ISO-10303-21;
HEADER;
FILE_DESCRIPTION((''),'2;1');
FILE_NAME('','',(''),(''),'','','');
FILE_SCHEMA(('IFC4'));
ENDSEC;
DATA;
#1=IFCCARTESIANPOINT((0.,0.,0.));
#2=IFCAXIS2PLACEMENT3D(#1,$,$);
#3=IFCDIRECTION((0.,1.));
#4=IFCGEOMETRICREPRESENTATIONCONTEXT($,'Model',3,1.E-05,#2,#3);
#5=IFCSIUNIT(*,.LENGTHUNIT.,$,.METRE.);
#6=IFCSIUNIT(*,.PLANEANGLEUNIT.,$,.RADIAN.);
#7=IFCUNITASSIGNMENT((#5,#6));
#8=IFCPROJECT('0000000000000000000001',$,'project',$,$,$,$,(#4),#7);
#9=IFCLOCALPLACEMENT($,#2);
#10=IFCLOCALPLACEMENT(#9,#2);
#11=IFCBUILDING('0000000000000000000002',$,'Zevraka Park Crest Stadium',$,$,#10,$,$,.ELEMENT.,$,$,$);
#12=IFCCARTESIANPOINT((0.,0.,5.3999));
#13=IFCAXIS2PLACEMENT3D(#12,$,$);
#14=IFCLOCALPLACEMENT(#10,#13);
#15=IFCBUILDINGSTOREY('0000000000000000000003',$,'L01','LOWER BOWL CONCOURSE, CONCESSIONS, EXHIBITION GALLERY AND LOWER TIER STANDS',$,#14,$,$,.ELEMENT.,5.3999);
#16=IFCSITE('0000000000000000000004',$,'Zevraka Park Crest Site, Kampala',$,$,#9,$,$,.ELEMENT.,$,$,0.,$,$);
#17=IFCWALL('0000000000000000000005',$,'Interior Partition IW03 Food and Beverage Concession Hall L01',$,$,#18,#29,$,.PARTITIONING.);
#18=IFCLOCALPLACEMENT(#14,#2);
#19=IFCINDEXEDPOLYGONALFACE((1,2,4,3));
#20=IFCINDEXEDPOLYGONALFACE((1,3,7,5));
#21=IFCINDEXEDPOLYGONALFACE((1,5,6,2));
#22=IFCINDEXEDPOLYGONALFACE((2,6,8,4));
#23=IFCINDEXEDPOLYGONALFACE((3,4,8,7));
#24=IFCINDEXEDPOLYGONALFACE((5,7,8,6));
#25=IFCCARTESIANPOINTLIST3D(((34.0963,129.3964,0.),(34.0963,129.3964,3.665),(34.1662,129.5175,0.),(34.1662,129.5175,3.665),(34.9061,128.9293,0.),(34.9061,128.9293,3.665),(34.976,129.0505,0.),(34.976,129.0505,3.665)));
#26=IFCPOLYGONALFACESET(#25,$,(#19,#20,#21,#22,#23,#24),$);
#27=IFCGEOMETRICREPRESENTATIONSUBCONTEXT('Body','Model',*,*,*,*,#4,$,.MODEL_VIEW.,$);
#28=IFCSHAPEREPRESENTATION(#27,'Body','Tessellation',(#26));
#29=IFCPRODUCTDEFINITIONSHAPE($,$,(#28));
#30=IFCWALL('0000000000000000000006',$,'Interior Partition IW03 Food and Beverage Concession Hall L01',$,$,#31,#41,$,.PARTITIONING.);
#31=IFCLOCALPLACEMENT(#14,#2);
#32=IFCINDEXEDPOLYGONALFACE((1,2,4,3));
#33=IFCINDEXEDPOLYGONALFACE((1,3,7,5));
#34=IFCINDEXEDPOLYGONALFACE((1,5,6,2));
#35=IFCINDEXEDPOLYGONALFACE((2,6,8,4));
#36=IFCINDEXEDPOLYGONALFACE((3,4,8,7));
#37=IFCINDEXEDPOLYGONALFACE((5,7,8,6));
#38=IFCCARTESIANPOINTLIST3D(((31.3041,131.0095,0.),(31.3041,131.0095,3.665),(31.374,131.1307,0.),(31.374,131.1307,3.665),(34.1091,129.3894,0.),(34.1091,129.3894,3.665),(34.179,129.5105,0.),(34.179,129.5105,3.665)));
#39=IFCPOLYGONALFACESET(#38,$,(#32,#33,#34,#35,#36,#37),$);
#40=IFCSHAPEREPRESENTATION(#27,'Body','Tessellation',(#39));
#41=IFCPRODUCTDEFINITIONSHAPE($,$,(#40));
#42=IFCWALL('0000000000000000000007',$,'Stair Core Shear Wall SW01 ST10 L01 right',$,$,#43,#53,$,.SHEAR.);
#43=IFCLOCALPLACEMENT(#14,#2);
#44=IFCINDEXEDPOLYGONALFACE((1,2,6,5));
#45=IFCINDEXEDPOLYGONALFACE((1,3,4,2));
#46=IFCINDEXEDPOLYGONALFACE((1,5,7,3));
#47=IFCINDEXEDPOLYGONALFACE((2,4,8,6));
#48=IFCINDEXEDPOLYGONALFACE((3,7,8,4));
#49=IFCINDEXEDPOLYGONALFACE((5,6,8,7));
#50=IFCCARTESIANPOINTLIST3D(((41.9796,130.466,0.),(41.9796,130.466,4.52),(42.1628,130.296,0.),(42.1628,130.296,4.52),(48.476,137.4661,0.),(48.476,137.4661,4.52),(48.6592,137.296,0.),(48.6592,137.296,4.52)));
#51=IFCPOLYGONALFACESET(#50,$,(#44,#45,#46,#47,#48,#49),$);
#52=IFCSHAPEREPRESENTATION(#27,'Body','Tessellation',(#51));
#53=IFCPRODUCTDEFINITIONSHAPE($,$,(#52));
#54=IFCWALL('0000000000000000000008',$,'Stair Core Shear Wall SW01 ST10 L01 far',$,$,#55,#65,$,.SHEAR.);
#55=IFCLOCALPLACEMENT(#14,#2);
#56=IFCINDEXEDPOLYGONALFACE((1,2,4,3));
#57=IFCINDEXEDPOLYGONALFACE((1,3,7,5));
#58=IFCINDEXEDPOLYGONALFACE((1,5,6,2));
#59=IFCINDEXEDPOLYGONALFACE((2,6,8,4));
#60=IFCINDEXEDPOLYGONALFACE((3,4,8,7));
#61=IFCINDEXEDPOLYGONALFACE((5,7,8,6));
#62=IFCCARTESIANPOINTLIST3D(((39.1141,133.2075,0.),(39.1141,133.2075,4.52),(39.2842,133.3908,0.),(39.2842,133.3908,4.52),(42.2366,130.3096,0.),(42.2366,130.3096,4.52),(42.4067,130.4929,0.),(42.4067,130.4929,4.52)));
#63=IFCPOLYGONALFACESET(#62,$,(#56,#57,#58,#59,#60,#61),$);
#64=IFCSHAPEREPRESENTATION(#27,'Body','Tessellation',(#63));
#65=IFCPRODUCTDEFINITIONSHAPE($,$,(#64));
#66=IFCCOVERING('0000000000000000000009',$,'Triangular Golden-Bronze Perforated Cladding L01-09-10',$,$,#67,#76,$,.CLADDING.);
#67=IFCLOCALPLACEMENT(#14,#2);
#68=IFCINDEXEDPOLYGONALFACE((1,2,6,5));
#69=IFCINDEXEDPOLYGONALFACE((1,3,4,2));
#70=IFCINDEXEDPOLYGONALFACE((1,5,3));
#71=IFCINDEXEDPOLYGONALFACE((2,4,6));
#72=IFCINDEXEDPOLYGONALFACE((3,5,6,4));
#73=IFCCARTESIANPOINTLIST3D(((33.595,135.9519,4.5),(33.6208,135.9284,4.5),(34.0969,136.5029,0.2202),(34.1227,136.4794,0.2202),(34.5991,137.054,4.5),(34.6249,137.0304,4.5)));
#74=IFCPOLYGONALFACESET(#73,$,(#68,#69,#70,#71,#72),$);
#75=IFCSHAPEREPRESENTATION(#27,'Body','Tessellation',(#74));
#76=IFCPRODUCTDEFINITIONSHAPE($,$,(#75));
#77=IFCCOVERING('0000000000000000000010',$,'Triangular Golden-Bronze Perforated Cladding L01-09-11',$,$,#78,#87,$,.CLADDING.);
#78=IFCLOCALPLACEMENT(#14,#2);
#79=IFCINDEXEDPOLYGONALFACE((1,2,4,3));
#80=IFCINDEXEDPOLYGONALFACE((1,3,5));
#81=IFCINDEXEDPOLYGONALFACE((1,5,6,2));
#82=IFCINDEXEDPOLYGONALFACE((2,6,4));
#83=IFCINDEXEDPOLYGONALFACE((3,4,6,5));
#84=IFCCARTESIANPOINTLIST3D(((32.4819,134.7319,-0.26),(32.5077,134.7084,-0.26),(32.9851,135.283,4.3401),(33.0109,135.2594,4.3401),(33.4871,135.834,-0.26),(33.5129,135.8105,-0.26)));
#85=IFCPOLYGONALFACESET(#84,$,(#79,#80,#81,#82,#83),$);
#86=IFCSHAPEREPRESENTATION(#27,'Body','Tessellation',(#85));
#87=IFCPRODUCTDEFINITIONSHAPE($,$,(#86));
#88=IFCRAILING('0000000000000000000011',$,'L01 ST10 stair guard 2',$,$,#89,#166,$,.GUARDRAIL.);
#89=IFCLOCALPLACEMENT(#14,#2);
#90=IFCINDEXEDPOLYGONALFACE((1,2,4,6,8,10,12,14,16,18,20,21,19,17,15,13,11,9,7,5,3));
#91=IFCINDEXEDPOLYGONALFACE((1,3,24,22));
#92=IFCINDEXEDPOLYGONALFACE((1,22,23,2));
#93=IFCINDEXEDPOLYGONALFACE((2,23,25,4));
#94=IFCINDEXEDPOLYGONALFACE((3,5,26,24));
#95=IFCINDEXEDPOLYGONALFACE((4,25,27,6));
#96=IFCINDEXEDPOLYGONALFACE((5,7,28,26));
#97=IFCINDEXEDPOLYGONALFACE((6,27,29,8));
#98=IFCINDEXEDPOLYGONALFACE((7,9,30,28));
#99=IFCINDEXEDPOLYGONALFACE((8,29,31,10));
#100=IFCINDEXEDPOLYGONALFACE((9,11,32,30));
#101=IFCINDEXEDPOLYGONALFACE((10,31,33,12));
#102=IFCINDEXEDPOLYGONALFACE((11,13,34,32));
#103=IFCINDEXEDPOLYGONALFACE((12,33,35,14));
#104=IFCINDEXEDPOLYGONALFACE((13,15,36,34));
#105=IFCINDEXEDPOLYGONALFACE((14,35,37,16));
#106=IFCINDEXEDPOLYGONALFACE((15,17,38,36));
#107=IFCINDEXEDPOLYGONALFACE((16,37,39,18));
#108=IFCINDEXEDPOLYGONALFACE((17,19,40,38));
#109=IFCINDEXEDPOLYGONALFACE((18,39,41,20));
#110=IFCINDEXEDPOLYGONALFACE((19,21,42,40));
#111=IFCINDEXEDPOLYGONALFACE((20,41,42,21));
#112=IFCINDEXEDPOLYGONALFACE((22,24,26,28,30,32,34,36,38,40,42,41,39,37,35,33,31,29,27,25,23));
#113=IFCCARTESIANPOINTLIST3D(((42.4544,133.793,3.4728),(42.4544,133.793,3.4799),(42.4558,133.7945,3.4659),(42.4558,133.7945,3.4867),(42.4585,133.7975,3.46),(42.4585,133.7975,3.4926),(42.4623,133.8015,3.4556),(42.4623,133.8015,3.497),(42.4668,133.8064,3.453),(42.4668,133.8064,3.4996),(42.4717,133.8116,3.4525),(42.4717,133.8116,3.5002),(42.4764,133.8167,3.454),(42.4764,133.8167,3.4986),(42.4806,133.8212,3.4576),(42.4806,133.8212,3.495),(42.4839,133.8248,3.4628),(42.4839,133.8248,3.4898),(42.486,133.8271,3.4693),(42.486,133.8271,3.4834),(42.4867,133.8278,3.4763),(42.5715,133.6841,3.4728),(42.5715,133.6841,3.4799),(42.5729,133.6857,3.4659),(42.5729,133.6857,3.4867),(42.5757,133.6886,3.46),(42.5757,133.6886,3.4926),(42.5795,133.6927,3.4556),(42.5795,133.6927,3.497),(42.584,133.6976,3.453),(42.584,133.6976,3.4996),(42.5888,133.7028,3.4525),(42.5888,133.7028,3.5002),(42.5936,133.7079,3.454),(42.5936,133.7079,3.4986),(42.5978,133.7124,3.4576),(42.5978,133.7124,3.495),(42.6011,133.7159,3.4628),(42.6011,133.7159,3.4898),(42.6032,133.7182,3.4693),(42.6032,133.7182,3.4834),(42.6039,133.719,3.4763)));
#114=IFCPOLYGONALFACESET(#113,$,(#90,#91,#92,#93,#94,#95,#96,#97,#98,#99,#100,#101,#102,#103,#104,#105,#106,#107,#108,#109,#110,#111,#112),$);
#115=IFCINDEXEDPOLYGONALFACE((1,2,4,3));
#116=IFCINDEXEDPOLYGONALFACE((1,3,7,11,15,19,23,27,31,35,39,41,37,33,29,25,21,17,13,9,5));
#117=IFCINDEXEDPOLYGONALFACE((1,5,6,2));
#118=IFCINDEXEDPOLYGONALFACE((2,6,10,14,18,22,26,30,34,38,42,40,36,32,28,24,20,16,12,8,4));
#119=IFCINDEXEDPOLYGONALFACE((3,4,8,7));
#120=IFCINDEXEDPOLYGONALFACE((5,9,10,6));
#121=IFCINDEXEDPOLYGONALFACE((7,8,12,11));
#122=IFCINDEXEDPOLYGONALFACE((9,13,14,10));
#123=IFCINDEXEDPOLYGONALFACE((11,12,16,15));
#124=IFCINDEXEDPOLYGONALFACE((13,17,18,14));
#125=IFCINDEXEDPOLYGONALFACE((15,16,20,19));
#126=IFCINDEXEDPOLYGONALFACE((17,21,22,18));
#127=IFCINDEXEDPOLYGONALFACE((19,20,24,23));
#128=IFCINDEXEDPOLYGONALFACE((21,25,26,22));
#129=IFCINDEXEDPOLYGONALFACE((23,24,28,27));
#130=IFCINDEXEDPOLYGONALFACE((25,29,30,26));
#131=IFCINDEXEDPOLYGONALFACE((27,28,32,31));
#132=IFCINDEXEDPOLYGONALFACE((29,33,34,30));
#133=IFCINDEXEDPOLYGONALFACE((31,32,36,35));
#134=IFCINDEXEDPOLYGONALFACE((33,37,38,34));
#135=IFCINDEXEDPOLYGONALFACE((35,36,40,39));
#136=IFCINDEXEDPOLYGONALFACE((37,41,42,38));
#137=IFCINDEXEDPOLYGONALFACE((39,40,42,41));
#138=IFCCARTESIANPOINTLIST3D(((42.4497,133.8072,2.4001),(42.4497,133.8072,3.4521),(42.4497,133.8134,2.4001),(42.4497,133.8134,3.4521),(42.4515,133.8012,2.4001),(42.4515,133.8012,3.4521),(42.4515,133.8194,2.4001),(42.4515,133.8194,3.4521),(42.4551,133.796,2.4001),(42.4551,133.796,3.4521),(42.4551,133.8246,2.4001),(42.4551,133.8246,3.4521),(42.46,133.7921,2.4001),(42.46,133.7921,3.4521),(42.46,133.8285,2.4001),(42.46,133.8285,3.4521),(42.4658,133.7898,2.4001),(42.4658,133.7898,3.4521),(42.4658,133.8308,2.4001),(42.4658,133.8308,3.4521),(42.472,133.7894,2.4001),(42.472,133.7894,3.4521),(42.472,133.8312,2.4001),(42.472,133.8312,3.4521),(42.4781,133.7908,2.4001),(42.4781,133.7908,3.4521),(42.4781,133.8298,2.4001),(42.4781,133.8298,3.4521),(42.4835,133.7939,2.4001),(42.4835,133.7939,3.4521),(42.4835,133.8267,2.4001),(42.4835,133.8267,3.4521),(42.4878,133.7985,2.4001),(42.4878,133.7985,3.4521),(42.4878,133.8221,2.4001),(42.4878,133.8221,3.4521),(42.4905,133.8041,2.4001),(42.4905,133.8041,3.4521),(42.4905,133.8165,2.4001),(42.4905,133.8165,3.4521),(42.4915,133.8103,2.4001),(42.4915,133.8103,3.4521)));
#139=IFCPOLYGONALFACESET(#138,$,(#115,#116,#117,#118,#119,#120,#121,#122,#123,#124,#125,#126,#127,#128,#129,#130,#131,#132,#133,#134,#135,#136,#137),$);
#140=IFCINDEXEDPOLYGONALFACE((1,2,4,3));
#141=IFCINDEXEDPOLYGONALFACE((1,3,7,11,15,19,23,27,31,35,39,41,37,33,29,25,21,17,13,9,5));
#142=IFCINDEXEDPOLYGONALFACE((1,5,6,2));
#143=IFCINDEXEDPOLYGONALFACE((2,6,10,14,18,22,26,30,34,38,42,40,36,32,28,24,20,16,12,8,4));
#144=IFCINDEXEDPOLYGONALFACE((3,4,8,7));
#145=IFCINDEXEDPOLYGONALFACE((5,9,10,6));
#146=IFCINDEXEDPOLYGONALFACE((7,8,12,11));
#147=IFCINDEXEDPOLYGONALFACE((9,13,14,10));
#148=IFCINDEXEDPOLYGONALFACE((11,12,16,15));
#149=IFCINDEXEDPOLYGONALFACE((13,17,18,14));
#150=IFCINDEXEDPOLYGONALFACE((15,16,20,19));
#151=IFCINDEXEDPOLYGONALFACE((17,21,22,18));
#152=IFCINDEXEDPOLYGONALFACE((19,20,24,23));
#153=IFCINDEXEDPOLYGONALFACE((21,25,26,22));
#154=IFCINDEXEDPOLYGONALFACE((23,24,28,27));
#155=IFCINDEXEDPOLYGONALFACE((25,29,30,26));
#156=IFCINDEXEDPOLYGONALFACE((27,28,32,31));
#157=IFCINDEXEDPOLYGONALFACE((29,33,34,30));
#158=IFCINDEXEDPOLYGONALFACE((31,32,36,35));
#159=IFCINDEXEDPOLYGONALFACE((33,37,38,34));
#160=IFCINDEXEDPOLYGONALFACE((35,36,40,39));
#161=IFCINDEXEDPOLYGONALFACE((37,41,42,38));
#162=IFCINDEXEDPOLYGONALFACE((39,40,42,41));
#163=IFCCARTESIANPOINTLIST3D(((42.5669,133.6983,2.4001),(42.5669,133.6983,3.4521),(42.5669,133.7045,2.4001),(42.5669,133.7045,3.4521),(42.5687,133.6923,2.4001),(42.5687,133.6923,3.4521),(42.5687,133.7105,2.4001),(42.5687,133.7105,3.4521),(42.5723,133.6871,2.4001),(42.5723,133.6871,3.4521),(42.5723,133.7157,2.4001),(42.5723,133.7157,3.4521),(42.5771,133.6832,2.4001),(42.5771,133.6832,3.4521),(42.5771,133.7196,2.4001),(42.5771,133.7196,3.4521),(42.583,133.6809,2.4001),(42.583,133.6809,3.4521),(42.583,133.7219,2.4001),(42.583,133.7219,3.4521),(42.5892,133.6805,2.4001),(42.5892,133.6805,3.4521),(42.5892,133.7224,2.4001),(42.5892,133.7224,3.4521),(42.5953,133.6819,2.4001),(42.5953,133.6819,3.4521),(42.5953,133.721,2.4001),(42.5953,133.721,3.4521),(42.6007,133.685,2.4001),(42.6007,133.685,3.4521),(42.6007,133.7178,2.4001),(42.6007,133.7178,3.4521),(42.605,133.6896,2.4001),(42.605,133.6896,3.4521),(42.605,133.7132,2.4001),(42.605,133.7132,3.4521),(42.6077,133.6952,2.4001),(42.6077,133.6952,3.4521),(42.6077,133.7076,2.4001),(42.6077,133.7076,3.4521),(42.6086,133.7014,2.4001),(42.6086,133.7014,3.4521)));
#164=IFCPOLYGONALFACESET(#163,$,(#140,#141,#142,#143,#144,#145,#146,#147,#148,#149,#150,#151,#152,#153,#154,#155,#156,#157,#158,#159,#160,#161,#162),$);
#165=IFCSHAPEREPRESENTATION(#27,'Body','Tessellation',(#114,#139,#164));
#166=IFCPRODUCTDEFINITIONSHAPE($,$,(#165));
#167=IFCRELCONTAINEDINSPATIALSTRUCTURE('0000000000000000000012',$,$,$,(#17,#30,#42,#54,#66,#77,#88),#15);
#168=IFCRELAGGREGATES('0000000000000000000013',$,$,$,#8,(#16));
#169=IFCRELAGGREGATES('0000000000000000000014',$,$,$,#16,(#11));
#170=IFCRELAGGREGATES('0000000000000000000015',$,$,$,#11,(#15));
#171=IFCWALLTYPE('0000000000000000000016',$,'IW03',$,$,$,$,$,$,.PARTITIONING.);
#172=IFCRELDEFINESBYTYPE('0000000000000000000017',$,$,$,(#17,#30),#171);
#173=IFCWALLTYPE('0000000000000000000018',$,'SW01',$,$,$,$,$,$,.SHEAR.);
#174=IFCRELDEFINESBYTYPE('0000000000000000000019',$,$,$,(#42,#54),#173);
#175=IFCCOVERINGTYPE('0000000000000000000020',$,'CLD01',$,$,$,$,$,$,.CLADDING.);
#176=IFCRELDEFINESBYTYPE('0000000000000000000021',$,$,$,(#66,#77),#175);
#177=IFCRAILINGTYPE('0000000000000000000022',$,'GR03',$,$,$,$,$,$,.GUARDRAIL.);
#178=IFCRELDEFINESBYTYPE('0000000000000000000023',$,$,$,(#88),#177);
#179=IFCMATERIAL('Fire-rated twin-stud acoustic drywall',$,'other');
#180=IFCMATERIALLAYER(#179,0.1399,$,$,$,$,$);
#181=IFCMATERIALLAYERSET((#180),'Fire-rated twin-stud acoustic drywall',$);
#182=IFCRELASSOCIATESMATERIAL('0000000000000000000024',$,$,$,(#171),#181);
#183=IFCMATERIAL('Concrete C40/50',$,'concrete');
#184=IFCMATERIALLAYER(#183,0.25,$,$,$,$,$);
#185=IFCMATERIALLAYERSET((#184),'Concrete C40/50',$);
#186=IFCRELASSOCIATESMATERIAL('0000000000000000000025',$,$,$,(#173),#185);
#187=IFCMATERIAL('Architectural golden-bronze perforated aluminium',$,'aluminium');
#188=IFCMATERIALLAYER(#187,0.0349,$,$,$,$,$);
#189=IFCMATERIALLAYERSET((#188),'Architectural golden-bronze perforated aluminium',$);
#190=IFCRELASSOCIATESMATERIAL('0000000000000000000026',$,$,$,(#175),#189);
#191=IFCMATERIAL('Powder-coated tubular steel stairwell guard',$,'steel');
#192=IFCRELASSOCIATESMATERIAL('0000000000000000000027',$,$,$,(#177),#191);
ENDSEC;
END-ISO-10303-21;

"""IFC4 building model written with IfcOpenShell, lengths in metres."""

from ifc_helpers import new_model, si_unit, direction, frame, frame_2d, origin, origin_2d, place, context, subcontext, project, spatial, polyline, rectangle, circle, outline, extrude, material, layer, layer_set, type_object, element, save


model = new_model("IFC4")

# Units and contexts
model_context = context("Model", 3, precision=1e-05, world=origin(), true_north=direction((0.0, 1.0)))
body_context = subcontext(model_context, "Body", "Model", "MODEL_VIEW")
ifc_project = project(units=[si_unit("LENGTHUNIT", "METRE"), si_unit("PLANEANGLEUNIT", "RADIAN")], contexts=[model_context])

# Site, building, storey
site_placement = place(None, origin())
site = spatial("IfcSite", under=ifc_project, at=site_placement, Name="Zevraka Park Crest Site, Kampala", CompositionType="ELEMENT", RefElevation=0.0)
building_placement = place(site_placement, origin())
building = spatial("IfcBuilding", under=site, at=building_placement, Name="Zevraka Park Crest Stadium", CompositionType="ELEMENT")
storey_placement = place(building_placement, frame((0.0, 0.0, 5.3999)))
storey = spatial("IfcBuildingStorey", under=building, at=storey_placement, Name="L01", Description="LOWER BOWL CONCOURSE, CONCESSIONS, EXHIBITION GALLERY AND LOWER TIER STANDS", CompositionType="ELEMENT", Elevation=5.3999)

# Walls
ifc_material_1 = material(Name="Fire-rated twin-stud acoustic drywall", Category="other")
ifc_layer_1 = layer(ifc_material_1, 0.1399)
ifc_layer_set_1 = layer_set([ifc_layer_1], Name="Fire-rated twin-stud acoustic drywall")
wall_type_1 = type_object("IfcWallType", Name="IW03", PredefinedType="PARTITIONING", material=ifc_layer_set_1)
wall_1_placement = place(storey_placement, frame((34.9409, 128.99, 0.0), z_axis=(0.0, 0.0, 1.0), x_axis=(-0.866259, 0.499594, 0.0)))
element("IfcWall", 1, at=wall_1_placement, inside=storey, type_object=wall_type_1, Name="Interior Partition IW03 Food and Beverage Concession Hall L01", PredefinedType="PARTITIONING", context=body_context, shape_type="SweptSolid", body=[
    extrude(rectangle(XDim=0.9348, YDim=0.1399, at=frame_2d((0.4673, 0.0))), origin(), (0.0, 0.0, 1.0), 3.665),
])
wall_2_placement = place(storey_placement, frame((34.144, 129.45, 0.0), z_axis=(0.0, 0.0, 1.0), x_axis=(-0.865933, 0.50016, 0.0)))
element("IfcWall", 2, at=wall_2_placement, inside=storey, type_object=wall_type_1, Name="Interior Partition IW03 Food and Beverage Concession Hall L01", PredefinedType="PARTITIONING", context=body_context, shape_type="SweptSolid", body=[
    extrude(rectangle(XDim=3.2393, YDim=0.1399, at=frame_2d((1.6196, 0.0))), origin(), (0.0, 0.0, 1.0), 3.665),
])
ifc_material_2 = material(Name="Concrete C40/50", Category="concrete")
ifc_layer_2 = layer(ifc_material_2, 0.25)
ifc_layer_set_2 = layer_set([ifc_layer_2], Name="Concrete C40/50")
wall_type_2 = type_object("IfcWallType", Name="SW01", PredefinedType="SHEAR", material=ifc_layer_set_2)
wall_3_placement = place(storey_placement, frame((42.0713, 130.3811, 0.0), z_axis=(0.0, 0.0, 1.0), x_axis=(0.680245, 0.732985, 0.0)))
element("IfcWall", 3, at=wall_3_placement, inside=storey, type_object=wall_type_2, Name="Stair Core Shear Wall SW01 ST10 L01 right", PredefinedType="SHEAR", context=body_context, shape_type="SweptSolid", body=[
    extrude(rectangle(XDim=9.55, YDim=0.25, at=frame_2d((4.7749, 0.0))), origin(), (0.0, 0.0, 1.0), 4.52),
])
wall_4_placement = place(storey_placement, frame((39.1992, 133.2991, 0.0), z_axis=(0.0, 0.0, 1.0), x_axis=(0.732977, -0.680253, 0.0)))
element("IfcWall", 4, at=wall_4_placement, inside=storey, type_object=wall_type_2, Name="Stair Core Shear Wall SW01 ST10 L01 far", PredefinedType="SHEAR", context=body_context, shape_type="SweptSolid", body=[
    extrude(rectangle(XDim=4.26, YDim=0.25, at=frame_2d((2.1299, 0.0))), origin(), (0.0, 0.0, 1.0), 4.52),
])

# Coverings
ifc_material_3 = material(Name="Architectural golden-bronze perforated aluminium", Category="aluminium")
ifc_layer_3 = layer(ifc_material_3, 0.0349)
ifc_layer_set_3 = layer_set([ifc_layer_3], Name="Architectural golden-bronze perforated aluminium")
covering_type = type_object("IfcCoveringType", Name="CLD01", PredefinedType="CLADDING", material=ifc_layer_set_3)
covering_1_placement = place(storey_placement, frame((33.595, 135.9519, 4.5), z_axis=(-0.739176, 0.673512, 0.000021), x_axis=(0.673512, 0.739176, 0.0)))
element("IfcCovering", 5, at=covering_1_placement, inside=storey, type_object=covering_type, Name="Triangular Golden-Bronze Perforated Cladding L01-09-10", PredefinedType="CLADDING", context=body_context, shape_type="SweptSolid", body=[
    extrude(outline(polyline([(0.0, 0.0), (1.4909, 0.0), (0.7454, 4.2798), (0.0, 0.0)])), origin(), (0.0, 0.0, -1.0), 0.0349),
])
covering_2_placement = place(storey_placement, frame((33.4871, 135.834, -0.26), z_axis=(-0.73885, 0.67387, 0.000098), x_axis=(-0.67387, -0.73885, 0.0)))
element("IfcCovering", 6, at=covering_2_placement, inside=storey, type_object=covering_type, Name="Triangular Golden-Bronze Perforated Cladding L01-09-11", PredefinedType="CLADDING", context=body_context, shape_type="SweptSolid", body=[
    extrude(outline(polyline([(0.0, 0.0), (1.4916, 0.0), (0.7454, 4.6001), (0.0, 0.0)])), origin(), (0.0, 0.0, -1.0), 0.0349),
])

# Railing
ifc_material_4 = material(Name="Powder-coated tubular steel stairwell guard", Category="steel")
railing_type = type_object("IfcRailingType", Name="GR03", PredefinedType="GUARDRAIL", material=ifc_material_4)
railing_1_placement = place(storey_placement, frame((42.4705, 133.8103, 2.4001)))
element("IfcRailing", 7, at=railing_1_placement, inside=storey, type_object=railing_type, Name="L01 ST10 stair guard 2", PredefinedType="GUARDRAIL", context=body_context, shape_type="SweptSolid", body=[
    extrude(circle(Radius=0.0239, at=origin_2d()), frame((0.0, 0.0, 1.0762), z_axis=(0.732576, -0.680685, 0.0), x_axis=(0.680685, 0.732576, 0.0)), (0.0, 0.0, 1.0), 0.1599),
    extrude(circle(Radius=0.021, at=origin_2d()), origin(), (0.0, 0.0, 1.0), 1.052),
    extrude(circle(Radius=0.021, at=origin_2d()), frame((0.1172, -0.1089, 0.0)), (0.0, 0.0, 1.0), 1.052),
])

save(model, "model.ifc")
